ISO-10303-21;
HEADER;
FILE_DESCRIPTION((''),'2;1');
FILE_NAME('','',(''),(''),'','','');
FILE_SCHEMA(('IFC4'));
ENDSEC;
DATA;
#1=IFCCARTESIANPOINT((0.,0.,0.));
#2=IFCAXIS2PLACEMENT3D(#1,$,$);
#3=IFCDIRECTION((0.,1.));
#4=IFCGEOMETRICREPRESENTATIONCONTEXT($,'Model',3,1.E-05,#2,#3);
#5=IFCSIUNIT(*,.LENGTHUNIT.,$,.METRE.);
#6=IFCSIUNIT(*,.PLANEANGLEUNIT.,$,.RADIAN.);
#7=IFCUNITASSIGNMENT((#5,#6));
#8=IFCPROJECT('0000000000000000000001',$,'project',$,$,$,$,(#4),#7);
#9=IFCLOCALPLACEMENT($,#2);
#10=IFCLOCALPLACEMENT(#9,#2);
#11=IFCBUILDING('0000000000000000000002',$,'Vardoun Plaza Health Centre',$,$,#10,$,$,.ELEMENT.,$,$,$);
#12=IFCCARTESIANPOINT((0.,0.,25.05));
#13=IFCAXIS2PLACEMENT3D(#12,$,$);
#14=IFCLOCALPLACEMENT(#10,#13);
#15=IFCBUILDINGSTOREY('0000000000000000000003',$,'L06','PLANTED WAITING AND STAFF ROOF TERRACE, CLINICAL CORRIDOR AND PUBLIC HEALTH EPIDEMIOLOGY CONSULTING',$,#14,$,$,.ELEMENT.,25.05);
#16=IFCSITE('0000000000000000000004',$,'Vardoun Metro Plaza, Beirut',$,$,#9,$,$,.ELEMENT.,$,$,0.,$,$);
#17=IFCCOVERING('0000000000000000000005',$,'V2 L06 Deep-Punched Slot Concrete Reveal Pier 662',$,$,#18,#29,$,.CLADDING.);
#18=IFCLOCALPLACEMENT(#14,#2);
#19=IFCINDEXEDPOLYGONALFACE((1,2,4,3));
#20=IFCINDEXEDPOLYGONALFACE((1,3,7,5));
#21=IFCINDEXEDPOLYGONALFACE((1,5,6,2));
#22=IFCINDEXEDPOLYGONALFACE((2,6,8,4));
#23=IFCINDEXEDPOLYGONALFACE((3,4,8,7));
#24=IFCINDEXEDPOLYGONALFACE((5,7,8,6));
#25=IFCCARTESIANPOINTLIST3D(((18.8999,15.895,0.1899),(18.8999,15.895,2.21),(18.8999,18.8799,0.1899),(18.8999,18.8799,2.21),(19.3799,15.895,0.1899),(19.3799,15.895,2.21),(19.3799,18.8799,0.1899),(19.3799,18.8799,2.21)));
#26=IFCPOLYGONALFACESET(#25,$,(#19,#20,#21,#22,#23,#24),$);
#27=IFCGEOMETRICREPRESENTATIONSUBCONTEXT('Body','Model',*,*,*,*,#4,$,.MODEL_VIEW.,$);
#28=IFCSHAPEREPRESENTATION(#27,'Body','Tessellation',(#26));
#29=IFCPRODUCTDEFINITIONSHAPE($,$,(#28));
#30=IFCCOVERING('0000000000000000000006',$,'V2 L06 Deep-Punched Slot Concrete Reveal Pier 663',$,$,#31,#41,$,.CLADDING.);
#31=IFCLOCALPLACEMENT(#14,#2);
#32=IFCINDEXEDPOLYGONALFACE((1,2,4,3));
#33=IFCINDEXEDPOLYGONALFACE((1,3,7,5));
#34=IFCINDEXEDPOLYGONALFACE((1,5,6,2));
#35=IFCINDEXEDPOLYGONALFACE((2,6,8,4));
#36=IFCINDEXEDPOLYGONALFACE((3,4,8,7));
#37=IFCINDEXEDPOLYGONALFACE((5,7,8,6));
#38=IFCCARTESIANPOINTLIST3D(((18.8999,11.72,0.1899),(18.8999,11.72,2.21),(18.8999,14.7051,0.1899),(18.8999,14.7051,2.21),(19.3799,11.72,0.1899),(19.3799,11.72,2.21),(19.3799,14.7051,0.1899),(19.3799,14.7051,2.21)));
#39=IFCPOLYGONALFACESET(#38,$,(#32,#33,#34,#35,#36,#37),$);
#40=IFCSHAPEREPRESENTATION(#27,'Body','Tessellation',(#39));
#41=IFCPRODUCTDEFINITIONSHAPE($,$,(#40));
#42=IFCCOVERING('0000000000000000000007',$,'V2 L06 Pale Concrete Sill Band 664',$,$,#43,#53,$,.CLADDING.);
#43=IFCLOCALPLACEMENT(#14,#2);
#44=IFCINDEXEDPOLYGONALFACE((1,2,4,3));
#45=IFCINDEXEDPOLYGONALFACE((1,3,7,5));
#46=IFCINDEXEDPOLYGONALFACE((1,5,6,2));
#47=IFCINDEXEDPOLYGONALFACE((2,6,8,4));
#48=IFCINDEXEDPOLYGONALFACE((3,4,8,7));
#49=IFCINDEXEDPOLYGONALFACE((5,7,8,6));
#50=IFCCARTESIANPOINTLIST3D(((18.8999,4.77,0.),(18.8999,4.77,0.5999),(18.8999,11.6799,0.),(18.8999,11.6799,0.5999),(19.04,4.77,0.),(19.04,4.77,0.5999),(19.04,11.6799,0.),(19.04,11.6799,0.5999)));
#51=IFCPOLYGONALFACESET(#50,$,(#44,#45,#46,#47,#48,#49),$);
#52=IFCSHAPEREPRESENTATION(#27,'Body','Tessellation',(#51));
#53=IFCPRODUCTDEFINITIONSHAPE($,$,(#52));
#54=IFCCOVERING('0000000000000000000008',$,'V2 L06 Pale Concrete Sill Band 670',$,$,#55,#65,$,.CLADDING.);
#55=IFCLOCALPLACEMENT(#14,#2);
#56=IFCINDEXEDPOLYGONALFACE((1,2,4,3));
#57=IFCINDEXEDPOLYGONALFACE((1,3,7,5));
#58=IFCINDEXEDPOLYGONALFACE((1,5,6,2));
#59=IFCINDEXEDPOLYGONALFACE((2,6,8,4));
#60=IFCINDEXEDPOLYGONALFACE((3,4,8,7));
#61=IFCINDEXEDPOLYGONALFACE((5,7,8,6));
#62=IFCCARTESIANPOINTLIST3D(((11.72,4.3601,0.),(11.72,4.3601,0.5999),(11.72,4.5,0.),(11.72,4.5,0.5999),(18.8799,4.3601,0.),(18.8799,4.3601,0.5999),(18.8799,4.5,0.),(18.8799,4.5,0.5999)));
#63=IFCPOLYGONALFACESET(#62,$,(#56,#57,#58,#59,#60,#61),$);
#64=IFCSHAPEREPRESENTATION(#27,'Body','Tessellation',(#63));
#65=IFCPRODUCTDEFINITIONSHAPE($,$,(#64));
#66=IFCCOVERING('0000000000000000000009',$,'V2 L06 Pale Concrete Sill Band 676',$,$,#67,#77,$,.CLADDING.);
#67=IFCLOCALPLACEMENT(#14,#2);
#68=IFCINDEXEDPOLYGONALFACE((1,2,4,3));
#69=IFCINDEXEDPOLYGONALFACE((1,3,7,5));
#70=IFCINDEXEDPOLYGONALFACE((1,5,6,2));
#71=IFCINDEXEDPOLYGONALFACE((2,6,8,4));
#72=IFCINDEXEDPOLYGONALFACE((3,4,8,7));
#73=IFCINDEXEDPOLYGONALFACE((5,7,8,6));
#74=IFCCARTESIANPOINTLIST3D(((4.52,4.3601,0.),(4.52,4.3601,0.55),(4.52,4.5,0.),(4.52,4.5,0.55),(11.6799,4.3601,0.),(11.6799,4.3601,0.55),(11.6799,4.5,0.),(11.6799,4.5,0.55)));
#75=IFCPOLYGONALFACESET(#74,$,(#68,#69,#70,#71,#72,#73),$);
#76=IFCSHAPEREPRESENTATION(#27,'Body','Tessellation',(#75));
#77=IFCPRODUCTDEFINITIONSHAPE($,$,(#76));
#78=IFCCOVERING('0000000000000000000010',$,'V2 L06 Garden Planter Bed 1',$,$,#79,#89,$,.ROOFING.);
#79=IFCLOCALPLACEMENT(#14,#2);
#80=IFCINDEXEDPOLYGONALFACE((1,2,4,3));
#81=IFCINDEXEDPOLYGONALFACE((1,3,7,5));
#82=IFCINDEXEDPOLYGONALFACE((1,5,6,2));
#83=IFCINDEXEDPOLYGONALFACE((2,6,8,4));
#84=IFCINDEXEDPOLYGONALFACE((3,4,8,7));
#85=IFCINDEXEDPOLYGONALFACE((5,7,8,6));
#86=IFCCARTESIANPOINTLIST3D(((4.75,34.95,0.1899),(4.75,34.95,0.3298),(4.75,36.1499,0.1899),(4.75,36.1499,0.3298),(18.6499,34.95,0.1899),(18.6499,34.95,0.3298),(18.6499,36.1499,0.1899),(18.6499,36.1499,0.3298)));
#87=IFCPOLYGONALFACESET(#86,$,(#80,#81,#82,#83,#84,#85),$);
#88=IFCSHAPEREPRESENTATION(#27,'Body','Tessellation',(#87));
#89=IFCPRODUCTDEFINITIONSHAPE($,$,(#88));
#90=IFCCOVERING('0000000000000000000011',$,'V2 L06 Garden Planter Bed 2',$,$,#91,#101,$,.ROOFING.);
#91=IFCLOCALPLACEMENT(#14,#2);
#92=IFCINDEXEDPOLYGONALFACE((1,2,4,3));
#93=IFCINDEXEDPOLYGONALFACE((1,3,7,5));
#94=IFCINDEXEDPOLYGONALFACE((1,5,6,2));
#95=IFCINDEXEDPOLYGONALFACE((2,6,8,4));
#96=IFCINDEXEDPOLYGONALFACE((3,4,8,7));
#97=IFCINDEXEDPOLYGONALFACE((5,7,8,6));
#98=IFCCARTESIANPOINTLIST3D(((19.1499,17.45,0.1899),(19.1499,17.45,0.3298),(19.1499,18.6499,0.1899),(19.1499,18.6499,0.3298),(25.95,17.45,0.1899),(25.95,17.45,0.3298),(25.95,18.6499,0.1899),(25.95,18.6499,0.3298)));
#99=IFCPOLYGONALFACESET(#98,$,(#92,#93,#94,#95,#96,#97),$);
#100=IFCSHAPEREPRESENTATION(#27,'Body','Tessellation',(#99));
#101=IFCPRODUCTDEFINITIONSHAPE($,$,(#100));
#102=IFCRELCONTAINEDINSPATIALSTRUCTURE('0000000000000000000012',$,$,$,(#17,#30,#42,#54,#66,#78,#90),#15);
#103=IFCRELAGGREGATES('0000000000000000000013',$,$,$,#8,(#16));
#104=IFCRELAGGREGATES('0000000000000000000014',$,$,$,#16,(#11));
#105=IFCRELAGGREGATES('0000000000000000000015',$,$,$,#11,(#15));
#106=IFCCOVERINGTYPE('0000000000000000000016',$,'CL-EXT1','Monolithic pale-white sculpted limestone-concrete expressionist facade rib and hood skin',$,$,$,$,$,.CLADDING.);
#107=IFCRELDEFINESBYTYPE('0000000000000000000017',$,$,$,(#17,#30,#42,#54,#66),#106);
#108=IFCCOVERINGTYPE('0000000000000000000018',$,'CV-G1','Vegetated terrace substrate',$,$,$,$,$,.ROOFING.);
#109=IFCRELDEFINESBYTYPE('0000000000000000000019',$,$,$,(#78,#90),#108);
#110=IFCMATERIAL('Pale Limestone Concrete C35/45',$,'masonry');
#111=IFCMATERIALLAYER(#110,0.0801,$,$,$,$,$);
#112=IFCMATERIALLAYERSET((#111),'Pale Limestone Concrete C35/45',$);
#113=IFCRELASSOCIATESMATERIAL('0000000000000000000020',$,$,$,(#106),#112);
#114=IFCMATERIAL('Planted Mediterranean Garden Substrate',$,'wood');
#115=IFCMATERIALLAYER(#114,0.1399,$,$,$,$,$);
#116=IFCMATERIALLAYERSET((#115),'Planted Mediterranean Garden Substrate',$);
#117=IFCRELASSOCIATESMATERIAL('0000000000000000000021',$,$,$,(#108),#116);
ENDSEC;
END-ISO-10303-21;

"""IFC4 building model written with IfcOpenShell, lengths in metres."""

from ifc_helpers import new_model, si_unit, direction, frame, origin, place, context, subcontext, project, spatial, polyline, outline, extrude, material, layer, layer_set, type_object, element, save


model = new_model("IFC4")

# Units and contexts
model_context = context("Model", 3, precision=1e-05, world=origin(), true_north=direction((0.0, 1.0)))
body_context = subcontext(model_context, "Body", "Model", "MODEL_VIEW")
ifc_project = project(units=[si_unit("LENGTHUNIT", "METRE"), si_unit("PLANEANGLEUNIT", "RADIAN")], contexts=[model_context])

# Site, building, storey
site_placement = place(None, origin())
site = spatial("IfcSite", under=ifc_project, at=site_placement, Name="Vardoun Metro Plaza, Beirut", CompositionType="ELEMENT", RefElevation=0.0)
building_placement = place(site_placement, origin())
building = spatial("IfcBuilding", under=site, at=building_placement, Name="Vardoun Plaza Health Centre", CompositionType="ELEMENT")
storey_placement = place(building_placement, frame((0.0, 0.0, 25.05)))
storey = spatial("IfcBuildingStorey", under=building, at=storey_placement, Name="L06", Description="PLANTED WAITING AND STAFF ROOF TERRACE, CLINICAL CORRIDOR AND PUBLIC HEALTH EPIDEMIOLOGY CONSULTING", CompositionType="ELEMENT", Elevation=25.05)

# Coverings
ifc_material_1 = material(Name="Pale Limestone Concrete C35/45", Category="masonry")
ifc_layer_1 = layer(ifc_material_1, 0.0801)
ifc_layer_set_1 = layer_set([ifc_layer_1], Name="Pale Limestone Concrete C35/45")
covering_type_1 = type_object("IfcCoveringType", Name="CL-EXT1", Description="Monolithic pale-white sculpted limestone-concrete expressionist facade rib and hood skin", PredefinedType="CLADDING", material=ifc_layer_set_1)
covering_1_placement = place(storey_placement, frame((0.0, 0.0, 0.1899)))
element("IfcCovering", 1, at=covering_1_placement, inside=storey, type_object=covering_type_1, Name="V2 L06 Deep-Punched Slot Concrete Reveal Pier 662", PredefinedType="CLADDING", context=body_context, shape_type="SweptSolid", body=[
    extrude(outline(polyline([(18.8999, 18.8799), (18.8999, 15.895), (19.3799, 15.895), (19.3799, 18.8799), (18.8999, 18.8799)])), origin(), (0.0, 0.0, 1.0), 2.02),
])
covering_2_placement = place(storey_placement, frame((0.0, 0.0, 0.1899)))
element("IfcCovering", 2, at=covering_2_placement, inside=storey, type_object=covering_type_1, Name="V2 L06 Deep-Punched Slot Concrete Reveal Pier 663", PredefinedType="CLADDING", context=body_context, shape_type="SweptSolid", body=[
    extrude(outline(polyline([(18.8999, 14.7051), (18.8999, 11.72), (19.3799, 11.72), (19.3799, 14.7051), (18.8999, 14.7051)])), origin(), (0.0, 0.0, 1.0), 2.02),
])
covering_3_placement = place(storey_placement, origin())
element("IfcCovering", 3, at=covering_3_placement, inside=storey, type_object=covering_type_1, Name="V2 L06 Pale Concrete Sill Band 664", PredefinedType="CLADDING", context=body_context, shape_type="SweptSolid", body=[
    extrude(outline(polyline([(18.8999, 11.6799), (18.8999, 4.77), (19.04, 4.77), (19.04, 11.6799), (18.8999, 11.6799)])), origin(), (0.0, 0.0, 1.0), 0.5999),
])
covering_4_placement = place(storey_placement, origin())
element("IfcCovering", 4, at=covering_4_placement, inside=storey, type_object=covering_type_1, Name="V2 L06 Pale Concrete Sill Band 670", PredefinedType="CLADDING", context=body_context, shape_type="SweptSolid", body=[
    extrude(outline(polyline([(18.8799, 4.5), (11.72, 4.5), (11.72, 4.3601), (18.8799, 4.3601), (18.8799, 4.5)])), origin(), (0.0, 0.0, 1.0), 0.5999),
])
covering_5_placement = place(storey_placement, origin())
element("IfcCovering", 5, at=covering_5_placement, inside=storey, type_object=covering_type_1, Name="V2 L06 Pale Concrete Sill Band 676", PredefinedType="CLADDING", context=body_context, shape_type="SweptSolid", body=[
    extrude(outline(polyline([(11.6799, 4.5), (4.52, 4.5), (4.52, 4.3601), (11.6799, 4.3601), (11.6799, 4.5)])), origin(), (0.0, 0.0, 1.0), 0.55),
])
ifc_material_2 = material(Name="Planted Mediterranean Garden Substrate", Category="wood")
ifc_layer_2 = layer(ifc_material_2, 0.1399)
ifc_layer_set_2 = layer_set([ifc_layer_2], Name="Planted Mediterranean Garden Substrate")
covering_type_2 = type_object("IfcCoveringType", Name="CV-G1", Description="Vegetated terrace substrate", PredefinedType="ROOFING", material=ifc_layer_set_2)
covering_6_placement = place(storey_placement, frame((0.0, 0.0, 0.1899)))
element("IfcCovering", 6, at=covering_6_placement, inside=storey, type_object=covering_type_2, Name="V2 L06 Garden Planter Bed 1", PredefinedType="ROOFING", context=body_context, shape_type="SweptSolid", body=[
    extrude(outline(polyline([(4.75, 34.95), (18.6499, 34.95), (18.6499, 36.1499), (4.75, 36.1499), (4.75, 34.95)])), origin(), (0.0, 0.0, 1.0), 0.1399),
])
covering_7_placement = place(storey_placement, frame((0.0, 0.0, 0.1899)))
element("IfcCovering", 7, at=covering_7_placement, inside=storey, type_object=covering_type_2, Name="V2 L06 Garden Planter Bed 2", PredefinedType="ROOFING", context=body_context, shape_type="SweptSolid", body=[
    extrude(outline(polyline([(19.1499, 17.45), (25.95, 17.45), (25.95, 18.6499), (19.1499, 18.6499), (19.1499, 17.45)])), origin(), (0.0, 0.0, 1.0), 0.1399),
])

save(model, "model.ifc")
